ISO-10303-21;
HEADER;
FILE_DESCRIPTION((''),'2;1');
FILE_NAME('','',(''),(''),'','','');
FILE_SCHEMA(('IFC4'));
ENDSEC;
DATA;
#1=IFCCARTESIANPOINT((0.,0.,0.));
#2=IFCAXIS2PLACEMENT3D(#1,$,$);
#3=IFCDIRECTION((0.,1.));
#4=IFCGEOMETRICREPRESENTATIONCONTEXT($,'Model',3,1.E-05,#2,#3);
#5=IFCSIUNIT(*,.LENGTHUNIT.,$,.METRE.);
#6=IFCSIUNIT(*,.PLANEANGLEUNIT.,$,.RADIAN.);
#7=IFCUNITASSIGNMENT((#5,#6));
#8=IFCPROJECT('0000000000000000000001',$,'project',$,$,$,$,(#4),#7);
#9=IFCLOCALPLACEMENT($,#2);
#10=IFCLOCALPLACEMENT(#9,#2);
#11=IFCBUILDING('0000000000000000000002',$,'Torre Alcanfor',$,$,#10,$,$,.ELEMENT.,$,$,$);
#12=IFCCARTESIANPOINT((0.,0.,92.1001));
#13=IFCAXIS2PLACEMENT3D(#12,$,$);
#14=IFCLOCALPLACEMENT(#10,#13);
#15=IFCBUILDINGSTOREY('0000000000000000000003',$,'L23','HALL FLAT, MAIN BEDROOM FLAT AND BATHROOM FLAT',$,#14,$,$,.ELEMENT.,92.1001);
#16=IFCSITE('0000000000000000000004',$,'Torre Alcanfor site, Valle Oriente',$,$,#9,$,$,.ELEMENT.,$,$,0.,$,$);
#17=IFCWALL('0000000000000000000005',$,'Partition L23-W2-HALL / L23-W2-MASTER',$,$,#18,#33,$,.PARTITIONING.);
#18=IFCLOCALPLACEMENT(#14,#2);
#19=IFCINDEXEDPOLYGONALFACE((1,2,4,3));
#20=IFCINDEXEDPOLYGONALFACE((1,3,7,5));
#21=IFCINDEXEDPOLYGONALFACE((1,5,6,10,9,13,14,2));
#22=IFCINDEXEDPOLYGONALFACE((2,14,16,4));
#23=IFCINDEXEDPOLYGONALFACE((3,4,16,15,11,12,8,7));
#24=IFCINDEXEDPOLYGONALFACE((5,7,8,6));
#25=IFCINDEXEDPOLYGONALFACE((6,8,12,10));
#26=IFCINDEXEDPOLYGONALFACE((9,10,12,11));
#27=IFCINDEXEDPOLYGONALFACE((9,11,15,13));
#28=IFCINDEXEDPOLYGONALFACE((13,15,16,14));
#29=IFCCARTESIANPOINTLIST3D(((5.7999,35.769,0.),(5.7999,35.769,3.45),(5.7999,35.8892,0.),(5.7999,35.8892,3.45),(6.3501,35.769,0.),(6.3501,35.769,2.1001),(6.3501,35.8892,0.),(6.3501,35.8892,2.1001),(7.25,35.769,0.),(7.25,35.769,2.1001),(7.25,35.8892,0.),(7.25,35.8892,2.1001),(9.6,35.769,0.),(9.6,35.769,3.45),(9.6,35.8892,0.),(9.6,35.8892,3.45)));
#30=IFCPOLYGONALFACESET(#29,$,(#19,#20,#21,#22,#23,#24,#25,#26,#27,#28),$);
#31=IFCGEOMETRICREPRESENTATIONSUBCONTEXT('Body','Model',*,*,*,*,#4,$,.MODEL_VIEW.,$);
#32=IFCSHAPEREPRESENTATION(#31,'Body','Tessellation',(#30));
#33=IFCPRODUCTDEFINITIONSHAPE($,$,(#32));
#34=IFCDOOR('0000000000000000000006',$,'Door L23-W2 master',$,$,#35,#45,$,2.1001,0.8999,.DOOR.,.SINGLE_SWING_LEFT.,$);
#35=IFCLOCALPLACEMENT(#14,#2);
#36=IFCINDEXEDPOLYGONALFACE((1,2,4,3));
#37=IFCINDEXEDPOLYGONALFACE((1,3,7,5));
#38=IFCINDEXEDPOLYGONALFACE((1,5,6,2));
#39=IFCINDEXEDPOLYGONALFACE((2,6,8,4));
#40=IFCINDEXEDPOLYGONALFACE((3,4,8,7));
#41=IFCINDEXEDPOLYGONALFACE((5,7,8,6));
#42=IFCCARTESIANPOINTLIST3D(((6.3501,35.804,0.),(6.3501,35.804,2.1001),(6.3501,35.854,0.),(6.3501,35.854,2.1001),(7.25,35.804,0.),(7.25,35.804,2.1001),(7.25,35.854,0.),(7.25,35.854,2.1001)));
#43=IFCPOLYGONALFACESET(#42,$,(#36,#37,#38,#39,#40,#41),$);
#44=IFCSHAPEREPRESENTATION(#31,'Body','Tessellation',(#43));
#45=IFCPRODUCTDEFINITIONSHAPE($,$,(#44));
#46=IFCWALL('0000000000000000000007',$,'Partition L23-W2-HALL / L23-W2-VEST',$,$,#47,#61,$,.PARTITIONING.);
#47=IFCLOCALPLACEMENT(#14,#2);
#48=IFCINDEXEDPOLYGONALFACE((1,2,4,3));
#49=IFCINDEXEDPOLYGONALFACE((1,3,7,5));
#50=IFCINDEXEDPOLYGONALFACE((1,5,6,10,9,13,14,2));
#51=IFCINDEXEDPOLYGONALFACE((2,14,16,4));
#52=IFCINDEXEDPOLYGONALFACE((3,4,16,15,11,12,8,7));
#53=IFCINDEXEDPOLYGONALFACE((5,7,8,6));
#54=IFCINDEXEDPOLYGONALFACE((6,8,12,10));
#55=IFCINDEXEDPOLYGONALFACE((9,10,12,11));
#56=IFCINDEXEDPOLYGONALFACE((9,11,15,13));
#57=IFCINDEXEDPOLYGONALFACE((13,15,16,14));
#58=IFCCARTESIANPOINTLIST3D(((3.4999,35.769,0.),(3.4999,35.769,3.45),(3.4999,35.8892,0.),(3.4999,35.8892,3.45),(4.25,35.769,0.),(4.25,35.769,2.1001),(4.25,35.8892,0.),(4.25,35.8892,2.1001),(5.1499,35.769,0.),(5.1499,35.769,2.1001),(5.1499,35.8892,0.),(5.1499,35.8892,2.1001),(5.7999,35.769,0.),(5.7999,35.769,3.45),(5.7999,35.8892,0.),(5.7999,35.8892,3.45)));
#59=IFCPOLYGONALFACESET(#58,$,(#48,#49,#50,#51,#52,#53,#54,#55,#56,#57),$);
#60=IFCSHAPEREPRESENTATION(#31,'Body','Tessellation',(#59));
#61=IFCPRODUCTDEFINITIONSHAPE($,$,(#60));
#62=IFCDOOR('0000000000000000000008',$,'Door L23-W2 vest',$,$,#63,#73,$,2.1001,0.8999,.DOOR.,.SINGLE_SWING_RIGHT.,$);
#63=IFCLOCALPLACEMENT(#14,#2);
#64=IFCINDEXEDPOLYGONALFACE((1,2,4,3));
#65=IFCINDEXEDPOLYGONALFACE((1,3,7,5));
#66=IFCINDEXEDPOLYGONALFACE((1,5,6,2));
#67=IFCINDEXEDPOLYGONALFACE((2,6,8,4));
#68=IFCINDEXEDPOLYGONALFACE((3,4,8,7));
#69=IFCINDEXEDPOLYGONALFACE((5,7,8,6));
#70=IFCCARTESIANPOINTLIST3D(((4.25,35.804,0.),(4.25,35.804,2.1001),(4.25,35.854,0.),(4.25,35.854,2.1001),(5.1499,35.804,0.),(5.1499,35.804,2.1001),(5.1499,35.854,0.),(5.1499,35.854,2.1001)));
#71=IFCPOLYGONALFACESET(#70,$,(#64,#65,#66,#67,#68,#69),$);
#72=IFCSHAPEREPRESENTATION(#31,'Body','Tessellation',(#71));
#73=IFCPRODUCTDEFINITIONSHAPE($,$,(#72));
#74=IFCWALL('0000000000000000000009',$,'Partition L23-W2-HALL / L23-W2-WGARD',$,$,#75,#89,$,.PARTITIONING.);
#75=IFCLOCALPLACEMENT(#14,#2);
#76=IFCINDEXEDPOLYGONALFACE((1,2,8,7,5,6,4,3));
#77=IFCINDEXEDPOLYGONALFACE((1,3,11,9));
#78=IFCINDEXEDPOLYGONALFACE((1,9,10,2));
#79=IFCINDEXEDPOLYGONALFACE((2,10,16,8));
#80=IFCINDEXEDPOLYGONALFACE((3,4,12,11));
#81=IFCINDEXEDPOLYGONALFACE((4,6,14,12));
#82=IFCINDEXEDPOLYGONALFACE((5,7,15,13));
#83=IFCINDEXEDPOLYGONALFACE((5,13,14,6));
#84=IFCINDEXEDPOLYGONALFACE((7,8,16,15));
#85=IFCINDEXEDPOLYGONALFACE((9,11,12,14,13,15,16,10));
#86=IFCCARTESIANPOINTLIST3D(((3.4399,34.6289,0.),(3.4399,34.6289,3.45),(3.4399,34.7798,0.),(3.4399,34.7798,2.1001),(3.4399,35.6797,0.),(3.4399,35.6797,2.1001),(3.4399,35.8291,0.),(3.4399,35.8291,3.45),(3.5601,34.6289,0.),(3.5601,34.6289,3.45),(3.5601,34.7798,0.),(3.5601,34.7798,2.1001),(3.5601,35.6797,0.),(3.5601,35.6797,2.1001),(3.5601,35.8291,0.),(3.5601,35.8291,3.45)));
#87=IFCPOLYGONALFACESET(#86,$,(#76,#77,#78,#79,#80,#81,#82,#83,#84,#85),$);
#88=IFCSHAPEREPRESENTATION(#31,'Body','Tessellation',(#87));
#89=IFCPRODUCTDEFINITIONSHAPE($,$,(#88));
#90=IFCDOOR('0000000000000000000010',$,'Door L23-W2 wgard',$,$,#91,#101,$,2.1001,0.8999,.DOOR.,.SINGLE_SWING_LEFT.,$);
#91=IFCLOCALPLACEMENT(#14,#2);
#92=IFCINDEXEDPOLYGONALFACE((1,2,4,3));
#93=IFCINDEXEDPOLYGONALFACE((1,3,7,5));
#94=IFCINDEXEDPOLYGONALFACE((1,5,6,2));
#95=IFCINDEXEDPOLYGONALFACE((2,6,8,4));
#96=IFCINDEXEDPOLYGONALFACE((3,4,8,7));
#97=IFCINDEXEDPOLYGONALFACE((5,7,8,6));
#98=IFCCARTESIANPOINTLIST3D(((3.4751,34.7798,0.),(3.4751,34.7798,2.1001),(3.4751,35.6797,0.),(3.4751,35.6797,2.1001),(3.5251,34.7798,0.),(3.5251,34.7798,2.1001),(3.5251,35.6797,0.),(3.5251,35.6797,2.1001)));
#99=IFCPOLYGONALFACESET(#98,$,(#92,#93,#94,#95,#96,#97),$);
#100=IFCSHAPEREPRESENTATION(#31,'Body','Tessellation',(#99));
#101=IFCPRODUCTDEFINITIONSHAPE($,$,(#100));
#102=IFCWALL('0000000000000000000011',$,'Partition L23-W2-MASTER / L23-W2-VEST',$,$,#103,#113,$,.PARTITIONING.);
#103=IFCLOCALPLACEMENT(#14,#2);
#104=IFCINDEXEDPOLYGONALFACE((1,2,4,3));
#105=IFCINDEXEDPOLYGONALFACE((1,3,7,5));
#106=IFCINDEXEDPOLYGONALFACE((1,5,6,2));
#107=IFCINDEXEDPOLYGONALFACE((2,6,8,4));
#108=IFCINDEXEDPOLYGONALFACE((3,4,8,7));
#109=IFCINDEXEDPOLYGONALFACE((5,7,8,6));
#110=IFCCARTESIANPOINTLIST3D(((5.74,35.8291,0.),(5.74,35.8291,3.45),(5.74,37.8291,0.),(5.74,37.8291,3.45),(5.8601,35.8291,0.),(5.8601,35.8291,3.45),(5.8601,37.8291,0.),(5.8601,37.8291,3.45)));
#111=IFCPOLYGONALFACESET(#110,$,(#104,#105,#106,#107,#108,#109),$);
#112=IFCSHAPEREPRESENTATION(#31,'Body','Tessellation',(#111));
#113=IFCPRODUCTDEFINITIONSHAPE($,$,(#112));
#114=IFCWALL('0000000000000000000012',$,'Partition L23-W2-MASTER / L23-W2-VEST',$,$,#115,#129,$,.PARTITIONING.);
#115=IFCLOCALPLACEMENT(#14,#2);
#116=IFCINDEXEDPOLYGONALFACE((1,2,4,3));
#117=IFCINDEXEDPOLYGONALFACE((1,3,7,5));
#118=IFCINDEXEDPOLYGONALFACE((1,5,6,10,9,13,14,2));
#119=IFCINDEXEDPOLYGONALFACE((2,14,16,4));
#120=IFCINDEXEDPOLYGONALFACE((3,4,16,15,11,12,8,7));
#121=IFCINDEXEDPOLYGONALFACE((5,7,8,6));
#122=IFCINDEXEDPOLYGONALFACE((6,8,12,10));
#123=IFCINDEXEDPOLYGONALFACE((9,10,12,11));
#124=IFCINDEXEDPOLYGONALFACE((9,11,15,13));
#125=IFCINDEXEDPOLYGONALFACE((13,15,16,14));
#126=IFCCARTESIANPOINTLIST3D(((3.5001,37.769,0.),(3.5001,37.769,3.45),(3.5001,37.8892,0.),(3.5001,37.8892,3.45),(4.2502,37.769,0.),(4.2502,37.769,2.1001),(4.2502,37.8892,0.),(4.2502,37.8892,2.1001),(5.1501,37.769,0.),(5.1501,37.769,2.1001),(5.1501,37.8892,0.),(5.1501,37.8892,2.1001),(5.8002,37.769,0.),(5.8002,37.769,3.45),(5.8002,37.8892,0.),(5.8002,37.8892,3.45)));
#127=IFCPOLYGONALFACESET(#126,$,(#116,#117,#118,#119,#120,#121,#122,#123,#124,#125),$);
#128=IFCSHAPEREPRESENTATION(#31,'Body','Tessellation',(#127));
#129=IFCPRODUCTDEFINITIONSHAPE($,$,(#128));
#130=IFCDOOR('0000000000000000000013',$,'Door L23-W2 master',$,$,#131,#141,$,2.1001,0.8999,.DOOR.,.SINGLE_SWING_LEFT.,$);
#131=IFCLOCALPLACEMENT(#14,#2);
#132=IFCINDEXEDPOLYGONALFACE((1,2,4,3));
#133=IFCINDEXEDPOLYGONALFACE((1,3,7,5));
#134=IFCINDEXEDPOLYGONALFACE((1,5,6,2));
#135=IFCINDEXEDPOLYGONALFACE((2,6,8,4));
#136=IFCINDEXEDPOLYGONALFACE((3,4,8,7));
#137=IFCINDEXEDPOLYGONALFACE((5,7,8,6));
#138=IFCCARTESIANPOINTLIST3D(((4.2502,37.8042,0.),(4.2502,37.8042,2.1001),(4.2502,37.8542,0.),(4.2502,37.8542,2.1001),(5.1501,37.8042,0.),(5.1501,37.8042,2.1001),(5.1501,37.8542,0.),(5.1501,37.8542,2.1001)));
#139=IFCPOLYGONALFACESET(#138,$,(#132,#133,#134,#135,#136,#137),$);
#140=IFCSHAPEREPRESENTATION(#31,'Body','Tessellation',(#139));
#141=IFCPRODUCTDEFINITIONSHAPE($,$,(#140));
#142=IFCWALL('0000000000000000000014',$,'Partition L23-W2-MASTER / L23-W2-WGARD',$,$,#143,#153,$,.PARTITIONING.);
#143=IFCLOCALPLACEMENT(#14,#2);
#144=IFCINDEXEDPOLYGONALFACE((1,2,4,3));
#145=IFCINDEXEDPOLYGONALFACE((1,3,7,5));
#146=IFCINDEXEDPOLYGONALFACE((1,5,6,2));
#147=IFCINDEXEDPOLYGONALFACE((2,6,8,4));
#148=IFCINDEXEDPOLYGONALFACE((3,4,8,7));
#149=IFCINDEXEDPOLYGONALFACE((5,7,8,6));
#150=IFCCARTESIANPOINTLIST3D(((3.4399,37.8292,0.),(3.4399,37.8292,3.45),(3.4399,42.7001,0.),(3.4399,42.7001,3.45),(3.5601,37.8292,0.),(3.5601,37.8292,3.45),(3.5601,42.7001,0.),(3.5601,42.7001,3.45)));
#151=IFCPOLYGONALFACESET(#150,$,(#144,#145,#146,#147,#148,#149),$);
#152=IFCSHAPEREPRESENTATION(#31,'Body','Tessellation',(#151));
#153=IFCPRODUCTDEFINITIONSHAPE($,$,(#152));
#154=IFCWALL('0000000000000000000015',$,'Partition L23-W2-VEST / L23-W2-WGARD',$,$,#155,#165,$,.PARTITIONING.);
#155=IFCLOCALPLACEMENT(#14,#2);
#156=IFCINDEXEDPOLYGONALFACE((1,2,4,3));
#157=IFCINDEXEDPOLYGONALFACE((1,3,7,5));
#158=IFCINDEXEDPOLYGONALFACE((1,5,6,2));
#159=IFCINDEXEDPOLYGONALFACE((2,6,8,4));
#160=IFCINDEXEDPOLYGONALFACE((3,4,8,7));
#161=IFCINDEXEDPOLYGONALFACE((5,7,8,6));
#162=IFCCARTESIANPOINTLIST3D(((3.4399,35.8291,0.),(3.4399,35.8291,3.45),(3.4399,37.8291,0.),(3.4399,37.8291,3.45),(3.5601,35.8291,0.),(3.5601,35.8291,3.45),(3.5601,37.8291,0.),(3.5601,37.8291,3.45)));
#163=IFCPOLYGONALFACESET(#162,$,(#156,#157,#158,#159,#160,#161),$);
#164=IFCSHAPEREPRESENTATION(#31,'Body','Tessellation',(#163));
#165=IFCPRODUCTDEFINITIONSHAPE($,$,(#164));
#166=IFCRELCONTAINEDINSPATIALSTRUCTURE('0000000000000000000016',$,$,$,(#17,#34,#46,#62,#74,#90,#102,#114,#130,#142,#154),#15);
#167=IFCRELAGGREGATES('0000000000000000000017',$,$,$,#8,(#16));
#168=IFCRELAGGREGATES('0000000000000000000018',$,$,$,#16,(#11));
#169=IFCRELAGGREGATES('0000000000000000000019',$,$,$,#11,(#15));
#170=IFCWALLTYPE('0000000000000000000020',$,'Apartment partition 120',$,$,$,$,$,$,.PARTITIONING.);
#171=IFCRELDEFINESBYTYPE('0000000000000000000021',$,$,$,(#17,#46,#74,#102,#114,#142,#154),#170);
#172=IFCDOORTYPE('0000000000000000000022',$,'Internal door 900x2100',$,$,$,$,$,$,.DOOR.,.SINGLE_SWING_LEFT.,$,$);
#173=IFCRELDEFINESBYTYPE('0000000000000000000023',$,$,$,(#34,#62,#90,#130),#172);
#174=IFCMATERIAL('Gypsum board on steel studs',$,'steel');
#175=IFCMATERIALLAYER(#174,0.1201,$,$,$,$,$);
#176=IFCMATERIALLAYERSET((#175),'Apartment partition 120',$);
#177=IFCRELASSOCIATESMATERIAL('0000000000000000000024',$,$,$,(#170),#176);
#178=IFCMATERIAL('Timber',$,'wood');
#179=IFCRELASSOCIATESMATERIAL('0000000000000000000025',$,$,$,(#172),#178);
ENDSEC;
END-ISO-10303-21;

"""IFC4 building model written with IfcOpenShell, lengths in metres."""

from ifc_helpers import new_model, si_unit, direction, frame, frame_2d, origin, place, context, subcontext, project, spatial, rectangle, extrude, material, layer, layer_set, type_object, element, fill, save


model = new_model("IFC4")

# Units and contexts
model_context = context("Model", 3, precision=1e-05, world=origin(), true_north=direction((0.0, 1.0)))
body_context = subcontext(model_context, "Body", "Model", "MODEL_VIEW")
ifc_project = project(units=[si_unit("LENGTHUNIT", "METRE"), si_unit("PLANEANGLEUNIT", "RADIAN")], contexts=[model_context])

# Site, building, storey
site_placement = place(None, origin())
site = spatial("IfcSite", under=ifc_project, at=site_placement, Name="Torre Alcanfor site, Valle Oriente", CompositionType="ELEMENT", RefElevation=0.0)
building_placement = place(site_placement, origin())
building = spatial("IfcBuilding", under=site, at=building_placement, Name="Torre Alcanfor", CompositionType="ELEMENT")
storey_placement = place(building_placement, frame((0.0, 0.0, 92.1001)))
storey = spatial("IfcBuildingStorey", under=building, at=storey_placement, Name="L23", Description="HALL FLAT, MAIN BEDROOM FLAT AND BATHROOM FLAT", CompositionType="ELEMENT", Elevation=92.1001)

# Shared definitions
ifc_material_1 = material(Name="Gypsum board on steel studs", Category="steel")
ifc_layer_1 = layer(ifc_material_1, 0.1201)
ifc_layer_set_1 = layer_set([ifc_layer_1], Name="Apartment partition 120")
wall_type = type_object("IfcWallType", Name="Apartment partition 120", PredefinedType="PARTITIONING", material=ifc_layer_set_1)
ifc_material_2 = material(Name="Timber", Category="wood")
door_type = type_object("IfcDoorType", Name="Internal door 900x2100", OperationType="SINGLE_SWING_LEFT", PredefinedType="DOOR", material=ifc_material_2)

# Walls, openings, doors
wall_1_placement = place(storey_placement, frame((5.8, 35.8291, 0.0), z_axis=(0.0, 0.0, 1.0), x_axis=(1.0, 0.0, 0.0)))
wall_1 = element("IfcWall", 1, at=wall_1_placement, inside=storey, type_object=wall_type, Name="Partition L23-W2-HALL / L23-W2-MASTER", PredefinedType="PARTITIONING", context=body_context, shape_type="SweptSolid", body=[
    extrude(rectangle(XDim=3.8, YDim=0.1201, at=frame_2d((1.8999, 0.0))), origin(), (0.0, 0.0, 1.0), 3.45),
])
opening_1_placement = place(wall_1_placement, frame((0.55, 0.0, 0.0)))
opening_1 = element("IfcOpeningElement", 2, at=opening_1_placement, cuts=wall_1, PredefinedType="OPENING", context=body_context, shape_type="SweptSolid", body=[
    extrude(rectangle(XDim=0.8999, YDim=2.1001, at=frame_2d((0.45, 1.05))), frame((0.0, 0.0701, 0.0), z_axis=(0.0, -1.0, 0.0), x_axis=(1.0, 0.0, 0.0)), (0.0, 0.0, 1.0), 0.1401),
])
door_1_placement = place(opening_1_placement, origin())
door_1 = element("IfcDoor", 3, at=door_1_placement, inside=storey, type_object=door_type, Name="Door L23-W2 master", OperationType="SINGLE_SWING_LEFT", OverallHeight=2.1001, OverallWidth=0.8999, PredefinedType="DOOR", context=body_context, shape_type="SweptSolid", body=[
    extrude(rectangle(XDim=0.8999, YDim=2.1001, at=frame_2d((0.45, 1.05))), frame((0.0, 0.0249, 0.0), z_axis=(0.0, -1.0, 0.0), x_axis=(1.0, 0.0, 0.0)), (0.0, 0.0, 1.0), 0.05),
])
fill(opening_1, door_1)
wall_2_placement = place(storey_placement, frame((3.5, 35.8291, 0.0), z_axis=(0.0, 0.0, 1.0), x_axis=(1.0, 0.0, 0.0)))
wall_2 = element("IfcWall", 4, at=wall_2_placement, inside=storey, type_object=wall_type, Name="Partition L23-W2-HALL / L23-W2-VEST", PredefinedType="PARTITIONING", context=body_context, shape_type="SweptSolid", body=[
    extrude(rectangle(XDim=2.3, YDim=0.1201, at=frame_2d((1.1499, 0.0))), origin(), (0.0, 0.0, 1.0), 3.45),
])
opening_2_placement = place(wall_2_placement, frame((0.75, 0.0, 0.0)))
opening_2 = element("IfcOpeningElement", 5, at=opening_2_placement, cuts=wall_2, PredefinedType="OPENING", context=body_context, shape_type="SweptSolid", body=[
    extrude(rectangle(XDim=0.8999, YDim=2.1001, at=frame_2d((0.45, 1.05))), frame((0.0, 0.0701, 0.0), z_axis=(0.0, -1.0, 0.0), x_axis=(1.0, 0.0, 0.0)), (0.0, 0.0, 1.0), 0.1401),
])
door_2_placement = place(opening_2_placement, origin())
door_2 = element("IfcDoor", 6, at=door_2_placement, inside=storey, type_object=door_type, Name="Door L23-W2 vest", OperationType="SINGLE_SWING_RIGHT", OverallHeight=2.1001, OverallWidth=0.8999, PredefinedType="DOOR", context=body_context, shape_type="SweptSolid", body=[
    extrude(rectangle(XDim=0.8999, YDim=2.1001, at=frame_2d((0.45, 1.05))), frame((0.0, 0.0249, 0.0), z_axis=(0.0, -1.0, 0.0), x_axis=(1.0, 0.0, 0.0)), (0.0, 0.0, 1.0), 0.05),
])
fill(opening_2, door_2)
wall_3_placement = place(storey_placement, frame((3.5, 34.6289, 0.0), z_axis=(0.0, 0.0, 1.0), x_axis=(0.0, 1.0, 0.0)))
wall_3 = element("IfcWall", 7, at=wall_3_placement, inside=storey, type_object=wall_type, Name="Partition L23-W2-HALL / L23-W2-WGARD", PredefinedType="PARTITIONING", context=body_context, shape_type="SweptSolid", body=[
    extrude(rectangle(XDim=1.2002, YDim=0.1201, at=frame_2d((0.6001, 0.0))), origin(), (0.0, 0.0, 1.0), 3.45),
])
opening_3_placement = place(wall_3_placement, frame((0.1509, 0.0, 0.0)))
opening_3 = element("IfcOpeningElement", 8, at=opening_3_placement, cuts=wall_3, PredefinedType="OPENING", context=body_context, shape_type="SweptSolid", body=[
    extrude(rectangle(XDim=0.8999, YDim=2.1001, at=frame_2d((0.45, 1.05))), frame((0.0, 0.0701, 0.0), z_axis=(0.0, -1.0, 0.0), x_axis=(1.0, 0.0, 0.0)), (0.0, 0.0, 1.0), 0.1401),
])
door_3_placement = place(opening_3_placement, origin())
door_3 = element("IfcDoor", 9, at=door_3_placement, inside=storey, type_object=door_type, Name="Door L23-W2 wgard", OperationType="SINGLE_SWING_LEFT", OverallHeight=2.1001, OverallWidth=0.8999, PredefinedType="DOOR", context=body_context, shape_type="SweptSolid", body=[
    extrude(rectangle(XDim=0.8999, YDim=2.1001, at=frame_2d((0.45, 1.05))), frame((0.0, 0.0249, 0.0), z_axis=(0.0, -1.0, 0.0), x_axis=(1.0, 0.0, 0.0)), (0.0, 0.0, 1.0), 0.05),
])
fill(opening_3, door_3)

# Wall
wall_4_placement = place(storey_placement, frame((5.8, 35.8291, 0.0), z_axis=(0.0, 0.0, 1.0), x_axis=(0.0, 1.0, 0.0)))
element("IfcWall", 10, at=wall_4_placement, inside=storey, type_object=wall_type, Name="Partition L23-W2-MASTER / L23-W2-VEST", PredefinedType="PARTITIONING", context=body_context, shape_type="SweptSolid", body=[
    extrude(rectangle(XDim=2.0, YDim=0.1201, at=frame_2d((1.0, 0.0))), origin(), (0.0, 0.0, 1.0), 3.45),
])

# Wall, opening, door
wall_5_placement = place(storey_placement, frame((5.8, 37.8291, 0.0), z_axis=(0.0, 0.0, 1.0), x_axis=(-1.0, 0.0, 0.0)))
wall_5 = element("IfcWall", 11, at=wall_5_placement, inside=storey, type_object=wall_type, Name="Partition L23-W2-MASTER / L23-W2-VEST", PredefinedType="PARTITIONING", context=body_context, shape_type="SweptSolid", body=[
    extrude(rectangle(XDim=2.3, YDim=0.1201, at=frame_2d((1.1499, 0.0))), origin(), (0.0, 0.0, 1.0), 3.45),
])
opening_4_placement = place(wall_5_placement, frame((0.6499, 0.0, 0.0)))
opening_4 = element("IfcOpeningElement", 12, at=opening_4_placement, cuts=wall_5, PredefinedType="OPENING", context=body_context, shape_type="SweptSolid", body=[
    extrude(rectangle(XDim=0.8999, YDim=2.1001, at=frame_2d((0.45, 1.05))), frame((0.0, 0.0701, 0.0), z_axis=(0.0, -1.0, 0.0), x_axis=(1.0, 0.0, 0.0)), (0.0, 0.0, 1.0), 0.1401),
])
door_4_placement = place(opening_4_placement, origin())
door_4 = element("IfcDoor", 13, at=door_4_placement, inside=storey, type_object=door_type, Name="Door L23-W2 master", OperationType="SINGLE_SWING_LEFT", OverallHeight=2.1001, OverallWidth=0.8999, PredefinedType="DOOR", context=body_context, shape_type="SweptSolid", body=[
    extrude(rectangle(XDim=0.8999, YDim=2.1001, at=frame_2d((0.45, 1.05))), frame((0.0, 0.0249, 0.0), z_axis=(0.0, -1.0, 0.0), x_axis=(1.0, 0.0, 0.0)), (0.0, 0.0, 1.0), 0.05),
])
fill(opening_4, door_4)

# Walls
wall_6_placement = place(storey_placement, frame((3.5, 37.8291, 0.0), z_axis=(0.0, 0.0, 1.0), x_axis=(0.0, 1.0, 0.0)))
element("IfcWall", 14, at=wall_6_placement, inside=storey, type_object=wall_type, Name="Partition L23-W2-MASTER / L23-W2-WGARD", PredefinedType="PARTITIONING", context=body_context, shape_type="SweptSolid", body=[
    extrude(rectangle(XDim=4.8708, YDim=0.1201, at=frame_2d((2.4355, 0.0))), origin(), (0.0, 0.0, 1.0), 3.45),
])
wall_7_placement = place(storey_placement, frame((3.5, 35.8291, 0.0), z_axis=(0.0, 0.0, 1.0), x_axis=(0.0, 1.0, 0.0)))
element("IfcWall", 15, at=wall_7_placement, inside=storey, type_object=wall_type, Name="Partition L23-W2-VEST / L23-W2-WGARD", PredefinedType="PARTITIONING", context=body_context, shape_type="SweptSolid", body=[
    extrude(rectangle(XDim=2.0, YDim=0.1201, at=frame_2d((1.0, 0.0))), origin(), (0.0, 0.0, 1.0), 3.45),
])

save(model, "model.ifc")
